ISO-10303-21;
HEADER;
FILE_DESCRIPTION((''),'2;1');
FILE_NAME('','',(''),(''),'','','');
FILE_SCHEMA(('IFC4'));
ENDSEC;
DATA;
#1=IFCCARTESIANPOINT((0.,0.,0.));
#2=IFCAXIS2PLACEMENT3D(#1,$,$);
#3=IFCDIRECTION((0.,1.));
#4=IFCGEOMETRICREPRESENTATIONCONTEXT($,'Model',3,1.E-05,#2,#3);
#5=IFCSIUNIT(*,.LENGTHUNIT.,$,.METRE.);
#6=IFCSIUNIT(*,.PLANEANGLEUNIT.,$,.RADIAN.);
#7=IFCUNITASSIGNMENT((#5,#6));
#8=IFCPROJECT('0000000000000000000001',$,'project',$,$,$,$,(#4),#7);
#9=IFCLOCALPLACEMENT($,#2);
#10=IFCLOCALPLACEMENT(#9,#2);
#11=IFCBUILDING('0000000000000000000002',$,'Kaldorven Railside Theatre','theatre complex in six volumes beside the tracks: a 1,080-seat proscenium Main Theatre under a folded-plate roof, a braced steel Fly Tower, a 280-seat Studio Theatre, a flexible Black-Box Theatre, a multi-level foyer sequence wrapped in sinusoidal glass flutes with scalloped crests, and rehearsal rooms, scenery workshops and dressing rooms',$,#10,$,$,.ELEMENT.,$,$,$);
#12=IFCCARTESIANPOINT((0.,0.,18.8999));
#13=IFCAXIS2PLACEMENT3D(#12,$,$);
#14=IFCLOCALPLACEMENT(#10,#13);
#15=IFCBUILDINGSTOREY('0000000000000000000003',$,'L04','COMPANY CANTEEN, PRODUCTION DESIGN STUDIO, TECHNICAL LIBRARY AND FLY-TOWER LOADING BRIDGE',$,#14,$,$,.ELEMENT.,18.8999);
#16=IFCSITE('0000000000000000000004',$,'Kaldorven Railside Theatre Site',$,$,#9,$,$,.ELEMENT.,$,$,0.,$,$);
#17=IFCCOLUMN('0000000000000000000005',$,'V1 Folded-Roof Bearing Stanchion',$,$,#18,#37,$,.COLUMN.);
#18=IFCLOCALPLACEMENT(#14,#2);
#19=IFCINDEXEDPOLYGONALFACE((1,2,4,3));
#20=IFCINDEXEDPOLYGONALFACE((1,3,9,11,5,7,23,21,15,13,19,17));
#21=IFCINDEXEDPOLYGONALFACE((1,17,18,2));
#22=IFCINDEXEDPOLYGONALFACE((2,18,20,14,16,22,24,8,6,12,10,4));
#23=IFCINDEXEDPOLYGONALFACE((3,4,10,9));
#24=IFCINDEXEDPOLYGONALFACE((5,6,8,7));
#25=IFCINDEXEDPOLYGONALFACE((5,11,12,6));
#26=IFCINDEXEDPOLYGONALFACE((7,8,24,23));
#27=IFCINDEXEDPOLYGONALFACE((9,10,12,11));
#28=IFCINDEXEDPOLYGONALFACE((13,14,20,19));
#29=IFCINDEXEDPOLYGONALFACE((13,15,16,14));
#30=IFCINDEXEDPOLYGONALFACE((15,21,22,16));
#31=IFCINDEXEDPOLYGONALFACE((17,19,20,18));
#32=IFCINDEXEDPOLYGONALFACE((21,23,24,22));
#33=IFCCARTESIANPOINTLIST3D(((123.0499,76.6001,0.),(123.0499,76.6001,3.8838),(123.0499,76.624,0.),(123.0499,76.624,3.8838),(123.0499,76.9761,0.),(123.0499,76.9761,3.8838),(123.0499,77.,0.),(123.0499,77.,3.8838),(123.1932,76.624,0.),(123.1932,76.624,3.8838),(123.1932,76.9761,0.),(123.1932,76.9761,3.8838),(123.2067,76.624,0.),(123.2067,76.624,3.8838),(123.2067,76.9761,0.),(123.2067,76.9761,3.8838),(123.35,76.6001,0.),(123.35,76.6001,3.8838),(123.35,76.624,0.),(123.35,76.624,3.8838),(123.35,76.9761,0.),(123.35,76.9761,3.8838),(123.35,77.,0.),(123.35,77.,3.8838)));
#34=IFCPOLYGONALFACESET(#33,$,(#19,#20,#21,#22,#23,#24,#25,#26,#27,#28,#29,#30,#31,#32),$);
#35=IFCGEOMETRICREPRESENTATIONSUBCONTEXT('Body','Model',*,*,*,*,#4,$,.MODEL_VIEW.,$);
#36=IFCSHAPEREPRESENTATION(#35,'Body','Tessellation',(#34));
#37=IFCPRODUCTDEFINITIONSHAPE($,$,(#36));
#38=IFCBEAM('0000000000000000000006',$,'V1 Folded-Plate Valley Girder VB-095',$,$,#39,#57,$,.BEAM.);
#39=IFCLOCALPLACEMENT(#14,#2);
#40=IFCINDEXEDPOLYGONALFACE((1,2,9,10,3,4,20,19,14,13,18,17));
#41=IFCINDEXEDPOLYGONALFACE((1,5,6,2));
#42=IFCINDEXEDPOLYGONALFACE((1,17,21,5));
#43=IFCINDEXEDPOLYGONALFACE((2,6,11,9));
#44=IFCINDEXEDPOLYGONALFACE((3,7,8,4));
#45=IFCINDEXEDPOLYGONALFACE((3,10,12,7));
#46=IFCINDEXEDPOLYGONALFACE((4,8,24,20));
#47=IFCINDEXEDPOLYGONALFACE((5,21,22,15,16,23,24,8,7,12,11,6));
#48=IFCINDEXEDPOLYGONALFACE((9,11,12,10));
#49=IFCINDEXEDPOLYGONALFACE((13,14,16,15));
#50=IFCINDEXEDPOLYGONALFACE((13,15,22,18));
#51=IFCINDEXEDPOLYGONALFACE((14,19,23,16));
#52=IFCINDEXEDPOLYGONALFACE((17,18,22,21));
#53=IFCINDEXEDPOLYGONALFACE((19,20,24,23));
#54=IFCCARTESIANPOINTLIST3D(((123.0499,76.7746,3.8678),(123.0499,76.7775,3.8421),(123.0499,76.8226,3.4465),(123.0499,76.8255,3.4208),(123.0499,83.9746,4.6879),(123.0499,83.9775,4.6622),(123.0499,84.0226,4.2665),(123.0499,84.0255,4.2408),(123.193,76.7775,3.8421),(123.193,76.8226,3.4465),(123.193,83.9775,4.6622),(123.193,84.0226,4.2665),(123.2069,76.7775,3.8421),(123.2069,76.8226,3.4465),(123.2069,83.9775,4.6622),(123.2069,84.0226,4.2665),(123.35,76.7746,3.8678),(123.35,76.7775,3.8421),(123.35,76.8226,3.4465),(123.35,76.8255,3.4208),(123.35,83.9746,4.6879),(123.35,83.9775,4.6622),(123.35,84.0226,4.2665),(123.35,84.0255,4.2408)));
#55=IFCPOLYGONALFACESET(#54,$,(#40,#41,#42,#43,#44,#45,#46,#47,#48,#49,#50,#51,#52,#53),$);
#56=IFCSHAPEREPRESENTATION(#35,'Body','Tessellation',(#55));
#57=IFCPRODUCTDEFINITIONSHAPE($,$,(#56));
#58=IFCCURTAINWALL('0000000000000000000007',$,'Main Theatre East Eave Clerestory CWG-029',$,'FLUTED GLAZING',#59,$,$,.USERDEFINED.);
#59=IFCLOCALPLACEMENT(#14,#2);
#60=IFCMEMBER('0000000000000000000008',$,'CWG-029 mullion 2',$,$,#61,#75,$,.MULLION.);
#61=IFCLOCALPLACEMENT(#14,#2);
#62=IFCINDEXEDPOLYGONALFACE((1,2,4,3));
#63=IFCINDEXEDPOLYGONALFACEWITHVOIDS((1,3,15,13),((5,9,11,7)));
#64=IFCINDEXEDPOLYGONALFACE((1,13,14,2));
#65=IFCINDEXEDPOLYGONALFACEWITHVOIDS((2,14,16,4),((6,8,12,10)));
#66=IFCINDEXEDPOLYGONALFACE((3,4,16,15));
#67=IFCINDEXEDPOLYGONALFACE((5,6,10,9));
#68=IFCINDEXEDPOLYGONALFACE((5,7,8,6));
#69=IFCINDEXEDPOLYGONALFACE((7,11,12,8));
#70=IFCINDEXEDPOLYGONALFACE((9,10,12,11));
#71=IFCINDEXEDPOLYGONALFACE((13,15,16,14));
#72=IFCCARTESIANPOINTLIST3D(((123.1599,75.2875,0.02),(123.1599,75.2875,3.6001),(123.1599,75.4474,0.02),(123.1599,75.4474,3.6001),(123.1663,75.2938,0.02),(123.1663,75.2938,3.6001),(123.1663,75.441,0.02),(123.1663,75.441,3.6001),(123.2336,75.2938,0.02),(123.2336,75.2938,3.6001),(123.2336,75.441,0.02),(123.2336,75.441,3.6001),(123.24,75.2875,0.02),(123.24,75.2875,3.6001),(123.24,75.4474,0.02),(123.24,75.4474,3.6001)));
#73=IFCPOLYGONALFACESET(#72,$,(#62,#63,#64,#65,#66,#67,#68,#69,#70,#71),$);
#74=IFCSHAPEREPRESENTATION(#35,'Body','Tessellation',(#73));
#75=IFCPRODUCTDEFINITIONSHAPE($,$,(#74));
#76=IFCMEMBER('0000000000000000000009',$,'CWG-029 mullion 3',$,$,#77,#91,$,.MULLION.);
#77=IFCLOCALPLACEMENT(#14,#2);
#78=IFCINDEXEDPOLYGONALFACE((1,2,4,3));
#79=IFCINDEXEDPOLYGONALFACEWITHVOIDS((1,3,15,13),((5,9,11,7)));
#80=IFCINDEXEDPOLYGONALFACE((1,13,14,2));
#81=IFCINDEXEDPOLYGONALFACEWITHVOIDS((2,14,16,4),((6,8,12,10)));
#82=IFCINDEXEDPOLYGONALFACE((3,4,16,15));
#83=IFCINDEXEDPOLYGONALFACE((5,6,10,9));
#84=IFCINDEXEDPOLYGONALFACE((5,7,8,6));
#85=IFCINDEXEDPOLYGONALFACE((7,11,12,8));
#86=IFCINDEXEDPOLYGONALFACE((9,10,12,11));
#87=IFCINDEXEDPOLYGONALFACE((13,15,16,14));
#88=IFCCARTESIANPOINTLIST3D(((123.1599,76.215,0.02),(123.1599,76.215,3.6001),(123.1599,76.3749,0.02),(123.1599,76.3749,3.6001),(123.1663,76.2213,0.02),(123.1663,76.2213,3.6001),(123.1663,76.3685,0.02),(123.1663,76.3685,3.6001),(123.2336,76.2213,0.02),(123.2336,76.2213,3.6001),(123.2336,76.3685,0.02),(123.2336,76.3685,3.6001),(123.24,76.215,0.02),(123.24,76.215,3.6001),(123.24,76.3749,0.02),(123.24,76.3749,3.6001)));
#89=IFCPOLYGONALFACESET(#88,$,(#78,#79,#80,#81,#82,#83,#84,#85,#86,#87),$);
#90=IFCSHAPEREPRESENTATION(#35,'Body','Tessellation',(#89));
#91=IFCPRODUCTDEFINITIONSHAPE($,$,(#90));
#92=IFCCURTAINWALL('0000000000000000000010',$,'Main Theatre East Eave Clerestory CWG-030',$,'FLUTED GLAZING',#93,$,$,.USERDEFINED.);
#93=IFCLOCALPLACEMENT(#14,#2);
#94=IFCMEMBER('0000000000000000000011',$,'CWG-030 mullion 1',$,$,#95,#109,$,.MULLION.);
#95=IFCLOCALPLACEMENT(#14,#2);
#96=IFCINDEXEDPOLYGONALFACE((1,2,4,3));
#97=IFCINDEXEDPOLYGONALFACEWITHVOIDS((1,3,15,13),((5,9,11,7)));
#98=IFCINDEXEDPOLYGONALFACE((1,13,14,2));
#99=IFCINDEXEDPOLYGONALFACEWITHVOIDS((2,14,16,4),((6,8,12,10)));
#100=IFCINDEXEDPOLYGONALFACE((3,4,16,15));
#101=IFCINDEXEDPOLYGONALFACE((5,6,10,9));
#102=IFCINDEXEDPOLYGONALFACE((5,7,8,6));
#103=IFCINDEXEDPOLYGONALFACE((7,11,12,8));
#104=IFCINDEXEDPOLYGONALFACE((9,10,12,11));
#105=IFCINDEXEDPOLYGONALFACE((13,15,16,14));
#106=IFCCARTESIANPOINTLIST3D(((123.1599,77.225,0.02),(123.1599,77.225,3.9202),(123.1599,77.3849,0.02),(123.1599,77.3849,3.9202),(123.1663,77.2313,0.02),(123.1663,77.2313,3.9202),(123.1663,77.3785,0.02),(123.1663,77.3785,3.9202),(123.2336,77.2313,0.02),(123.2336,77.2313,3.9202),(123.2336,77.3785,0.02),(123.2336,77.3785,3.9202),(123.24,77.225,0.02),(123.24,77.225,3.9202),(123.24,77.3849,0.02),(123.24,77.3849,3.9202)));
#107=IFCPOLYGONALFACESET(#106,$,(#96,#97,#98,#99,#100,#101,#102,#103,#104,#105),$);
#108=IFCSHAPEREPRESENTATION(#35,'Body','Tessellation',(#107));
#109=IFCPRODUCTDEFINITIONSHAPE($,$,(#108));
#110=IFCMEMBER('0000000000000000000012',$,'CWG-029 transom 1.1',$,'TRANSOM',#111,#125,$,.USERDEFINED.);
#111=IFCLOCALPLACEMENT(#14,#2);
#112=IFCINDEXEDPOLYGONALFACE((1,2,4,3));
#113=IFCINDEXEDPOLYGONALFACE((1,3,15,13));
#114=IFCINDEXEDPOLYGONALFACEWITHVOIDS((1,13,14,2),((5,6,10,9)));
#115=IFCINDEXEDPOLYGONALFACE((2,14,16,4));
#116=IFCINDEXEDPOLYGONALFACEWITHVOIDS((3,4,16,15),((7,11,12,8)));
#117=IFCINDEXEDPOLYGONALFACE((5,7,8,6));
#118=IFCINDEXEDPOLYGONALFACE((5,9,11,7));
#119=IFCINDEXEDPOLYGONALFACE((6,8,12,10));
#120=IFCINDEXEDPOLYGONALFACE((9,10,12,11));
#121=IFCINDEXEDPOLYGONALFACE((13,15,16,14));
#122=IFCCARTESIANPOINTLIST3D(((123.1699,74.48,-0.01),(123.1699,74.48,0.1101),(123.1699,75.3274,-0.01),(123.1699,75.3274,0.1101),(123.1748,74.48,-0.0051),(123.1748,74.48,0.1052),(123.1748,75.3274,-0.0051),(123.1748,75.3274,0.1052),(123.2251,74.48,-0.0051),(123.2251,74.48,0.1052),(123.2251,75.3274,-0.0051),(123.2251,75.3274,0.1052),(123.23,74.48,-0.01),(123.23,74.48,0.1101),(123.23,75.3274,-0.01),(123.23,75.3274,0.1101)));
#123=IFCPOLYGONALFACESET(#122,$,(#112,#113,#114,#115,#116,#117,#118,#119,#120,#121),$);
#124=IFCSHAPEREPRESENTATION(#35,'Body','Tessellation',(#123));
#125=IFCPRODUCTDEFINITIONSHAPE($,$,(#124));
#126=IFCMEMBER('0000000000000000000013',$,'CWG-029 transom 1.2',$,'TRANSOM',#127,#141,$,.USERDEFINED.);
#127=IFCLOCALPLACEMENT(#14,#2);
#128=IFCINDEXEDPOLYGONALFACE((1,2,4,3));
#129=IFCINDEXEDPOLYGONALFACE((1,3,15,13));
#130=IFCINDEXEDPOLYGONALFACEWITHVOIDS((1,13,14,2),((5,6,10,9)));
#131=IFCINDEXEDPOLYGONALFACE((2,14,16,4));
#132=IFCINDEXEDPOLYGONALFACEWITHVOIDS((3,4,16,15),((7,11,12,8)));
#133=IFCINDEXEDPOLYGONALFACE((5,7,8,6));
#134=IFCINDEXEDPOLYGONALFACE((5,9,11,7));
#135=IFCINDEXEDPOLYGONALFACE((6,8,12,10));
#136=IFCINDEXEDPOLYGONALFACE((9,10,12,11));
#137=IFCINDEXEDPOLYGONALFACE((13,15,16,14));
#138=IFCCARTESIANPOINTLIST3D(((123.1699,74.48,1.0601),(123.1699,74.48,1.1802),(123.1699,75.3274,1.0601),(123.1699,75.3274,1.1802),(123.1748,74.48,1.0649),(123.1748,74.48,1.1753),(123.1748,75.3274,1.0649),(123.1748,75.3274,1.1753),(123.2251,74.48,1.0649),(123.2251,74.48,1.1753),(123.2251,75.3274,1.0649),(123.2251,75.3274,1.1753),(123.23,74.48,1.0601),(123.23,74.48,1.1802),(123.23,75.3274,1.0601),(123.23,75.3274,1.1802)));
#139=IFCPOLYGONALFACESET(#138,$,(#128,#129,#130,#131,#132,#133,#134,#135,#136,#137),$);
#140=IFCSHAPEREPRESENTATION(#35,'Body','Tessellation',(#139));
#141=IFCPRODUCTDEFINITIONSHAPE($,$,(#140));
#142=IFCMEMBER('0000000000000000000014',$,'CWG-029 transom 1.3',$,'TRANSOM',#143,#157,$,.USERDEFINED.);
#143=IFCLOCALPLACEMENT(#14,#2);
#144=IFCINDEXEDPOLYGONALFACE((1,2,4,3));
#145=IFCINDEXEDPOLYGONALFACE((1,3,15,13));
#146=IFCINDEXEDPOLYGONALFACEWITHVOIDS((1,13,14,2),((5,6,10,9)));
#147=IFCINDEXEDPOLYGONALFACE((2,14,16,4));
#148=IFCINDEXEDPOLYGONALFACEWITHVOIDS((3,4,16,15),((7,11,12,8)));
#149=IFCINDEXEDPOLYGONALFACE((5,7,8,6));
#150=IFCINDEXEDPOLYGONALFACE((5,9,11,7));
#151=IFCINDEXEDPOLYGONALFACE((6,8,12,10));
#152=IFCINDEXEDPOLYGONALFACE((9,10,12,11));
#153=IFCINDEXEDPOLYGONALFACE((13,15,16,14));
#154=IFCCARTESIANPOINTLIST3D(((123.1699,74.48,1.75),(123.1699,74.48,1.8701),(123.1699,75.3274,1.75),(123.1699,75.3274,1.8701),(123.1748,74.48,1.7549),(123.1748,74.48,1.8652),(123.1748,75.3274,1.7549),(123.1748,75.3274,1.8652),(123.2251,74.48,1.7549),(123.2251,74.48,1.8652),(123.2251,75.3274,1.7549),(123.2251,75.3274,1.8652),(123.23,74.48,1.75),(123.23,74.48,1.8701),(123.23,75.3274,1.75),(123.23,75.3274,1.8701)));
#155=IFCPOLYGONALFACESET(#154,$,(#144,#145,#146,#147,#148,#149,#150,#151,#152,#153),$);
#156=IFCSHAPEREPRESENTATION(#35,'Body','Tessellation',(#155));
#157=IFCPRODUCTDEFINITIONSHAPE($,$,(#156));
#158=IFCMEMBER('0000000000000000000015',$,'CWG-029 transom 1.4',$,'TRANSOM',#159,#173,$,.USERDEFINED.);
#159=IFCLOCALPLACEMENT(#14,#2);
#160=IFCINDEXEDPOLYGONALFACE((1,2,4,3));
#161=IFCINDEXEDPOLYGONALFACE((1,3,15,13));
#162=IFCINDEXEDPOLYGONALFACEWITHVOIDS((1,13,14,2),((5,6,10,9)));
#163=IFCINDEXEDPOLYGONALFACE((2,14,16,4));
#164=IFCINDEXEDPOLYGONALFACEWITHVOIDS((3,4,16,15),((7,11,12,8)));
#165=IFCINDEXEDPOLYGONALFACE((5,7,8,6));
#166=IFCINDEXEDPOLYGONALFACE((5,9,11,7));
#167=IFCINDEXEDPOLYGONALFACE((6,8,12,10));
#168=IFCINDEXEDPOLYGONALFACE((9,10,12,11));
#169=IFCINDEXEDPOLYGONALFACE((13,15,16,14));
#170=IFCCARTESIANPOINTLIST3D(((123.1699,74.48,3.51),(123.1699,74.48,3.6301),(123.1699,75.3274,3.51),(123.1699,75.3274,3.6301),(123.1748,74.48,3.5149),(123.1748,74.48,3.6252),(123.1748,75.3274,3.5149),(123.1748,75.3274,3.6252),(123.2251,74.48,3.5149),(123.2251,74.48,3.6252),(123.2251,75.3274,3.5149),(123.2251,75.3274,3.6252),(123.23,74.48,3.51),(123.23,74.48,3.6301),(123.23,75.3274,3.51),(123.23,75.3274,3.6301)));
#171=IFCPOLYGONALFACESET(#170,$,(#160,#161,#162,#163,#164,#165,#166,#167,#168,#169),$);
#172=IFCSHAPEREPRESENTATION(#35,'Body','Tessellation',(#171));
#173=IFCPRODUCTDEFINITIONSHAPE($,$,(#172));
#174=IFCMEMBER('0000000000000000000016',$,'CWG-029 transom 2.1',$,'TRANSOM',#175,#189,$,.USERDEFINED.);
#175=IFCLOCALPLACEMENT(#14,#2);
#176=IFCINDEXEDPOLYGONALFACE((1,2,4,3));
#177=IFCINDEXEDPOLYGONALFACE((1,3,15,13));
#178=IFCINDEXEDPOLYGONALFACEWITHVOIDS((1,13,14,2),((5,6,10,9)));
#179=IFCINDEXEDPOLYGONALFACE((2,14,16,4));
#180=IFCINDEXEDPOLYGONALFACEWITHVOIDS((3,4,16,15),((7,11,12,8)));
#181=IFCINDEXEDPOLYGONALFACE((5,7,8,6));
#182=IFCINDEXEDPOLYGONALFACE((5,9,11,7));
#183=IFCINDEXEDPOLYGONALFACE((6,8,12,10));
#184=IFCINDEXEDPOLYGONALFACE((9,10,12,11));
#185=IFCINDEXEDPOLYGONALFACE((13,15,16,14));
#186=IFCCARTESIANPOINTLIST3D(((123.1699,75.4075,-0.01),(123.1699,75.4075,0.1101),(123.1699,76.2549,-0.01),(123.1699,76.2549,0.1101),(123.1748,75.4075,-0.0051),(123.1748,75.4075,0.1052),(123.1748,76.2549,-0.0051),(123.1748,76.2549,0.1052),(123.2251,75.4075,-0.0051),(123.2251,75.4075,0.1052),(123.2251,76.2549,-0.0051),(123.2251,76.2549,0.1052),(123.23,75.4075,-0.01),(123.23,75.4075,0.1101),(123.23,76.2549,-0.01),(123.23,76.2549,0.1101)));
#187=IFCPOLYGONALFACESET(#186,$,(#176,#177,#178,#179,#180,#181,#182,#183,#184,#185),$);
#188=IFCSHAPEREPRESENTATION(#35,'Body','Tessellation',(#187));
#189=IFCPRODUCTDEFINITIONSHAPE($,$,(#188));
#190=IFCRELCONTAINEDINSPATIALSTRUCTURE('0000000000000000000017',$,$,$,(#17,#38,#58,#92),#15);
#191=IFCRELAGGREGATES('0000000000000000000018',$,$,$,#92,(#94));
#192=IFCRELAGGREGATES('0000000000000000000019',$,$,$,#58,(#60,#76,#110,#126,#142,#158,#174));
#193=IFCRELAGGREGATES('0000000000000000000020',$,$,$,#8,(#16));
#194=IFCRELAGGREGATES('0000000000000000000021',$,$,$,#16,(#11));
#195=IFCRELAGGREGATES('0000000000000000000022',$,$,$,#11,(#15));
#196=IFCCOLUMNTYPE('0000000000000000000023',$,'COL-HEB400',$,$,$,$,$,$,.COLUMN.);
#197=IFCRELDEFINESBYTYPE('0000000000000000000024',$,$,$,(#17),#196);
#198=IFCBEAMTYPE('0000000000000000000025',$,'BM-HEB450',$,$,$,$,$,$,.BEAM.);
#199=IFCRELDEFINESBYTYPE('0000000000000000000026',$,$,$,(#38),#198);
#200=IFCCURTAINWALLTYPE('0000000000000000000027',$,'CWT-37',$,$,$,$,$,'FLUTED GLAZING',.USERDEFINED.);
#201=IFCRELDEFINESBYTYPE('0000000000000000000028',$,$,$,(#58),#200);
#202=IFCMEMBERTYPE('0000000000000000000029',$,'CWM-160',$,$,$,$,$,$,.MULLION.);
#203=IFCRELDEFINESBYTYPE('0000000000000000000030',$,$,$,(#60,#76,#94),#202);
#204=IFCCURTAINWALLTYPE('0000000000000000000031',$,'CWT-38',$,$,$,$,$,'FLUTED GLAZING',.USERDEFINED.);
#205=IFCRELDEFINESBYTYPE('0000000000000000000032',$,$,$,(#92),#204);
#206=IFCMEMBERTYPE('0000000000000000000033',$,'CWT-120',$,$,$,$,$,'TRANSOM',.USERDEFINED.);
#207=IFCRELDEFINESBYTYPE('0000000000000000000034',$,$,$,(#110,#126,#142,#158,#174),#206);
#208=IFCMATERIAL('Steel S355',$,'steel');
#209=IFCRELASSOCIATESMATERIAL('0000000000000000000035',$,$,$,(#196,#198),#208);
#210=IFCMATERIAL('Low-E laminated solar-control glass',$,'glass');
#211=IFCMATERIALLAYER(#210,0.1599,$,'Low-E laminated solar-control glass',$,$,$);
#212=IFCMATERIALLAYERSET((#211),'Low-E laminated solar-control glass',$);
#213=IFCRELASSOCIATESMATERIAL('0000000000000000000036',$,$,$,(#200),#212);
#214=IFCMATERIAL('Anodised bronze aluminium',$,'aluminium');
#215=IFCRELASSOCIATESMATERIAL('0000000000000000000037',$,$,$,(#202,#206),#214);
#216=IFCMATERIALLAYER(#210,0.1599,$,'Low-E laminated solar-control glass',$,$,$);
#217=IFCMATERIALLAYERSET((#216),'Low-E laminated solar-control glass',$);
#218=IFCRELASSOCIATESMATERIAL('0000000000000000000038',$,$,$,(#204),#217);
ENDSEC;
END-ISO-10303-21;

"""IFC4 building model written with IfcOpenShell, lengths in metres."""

from ifc_helpers import new_model, si_unit, direction, frame, origin, origin_2d, place, context, subcontext, project, spatial, hollow_rectangle, i_section, extrude, material, layer, layer_set, material_profile, profile_set, type_object, element, aggregate, save


model = new_model("IFC4")

# Units and contexts
model_context = context("Model", 3, precision=1e-05, world=origin(), true_north=direction((0.0, 1.0)))
body_context = subcontext(model_context, "Body", "Model", "MODEL_VIEW")
ifc_project = project(units=[si_unit("LENGTHUNIT", "METRE"), si_unit("PLANEANGLEUNIT", "RADIAN")], contexts=[model_context])

# Site, building, storey
site_placement = place(None, origin())
site = spatial("IfcSite", under=ifc_project, at=site_placement, Name="Kaldorven Railside Theatre Site", CompositionType="ELEMENT", RefElevation=0.0)
building_placement = place(site_placement, origin())
building = spatial("IfcBuilding", under=site, at=building_placement, Name="Kaldorven Railside Theatre", Description="theatre complex in six volumes beside the tracks: a 1,080-seat proscenium Main Theatre under a folded-plate roof, a braced steel Fly Tower, a 280-seat Studio Theatre, a flexible Black-Box Theatre, a multi-level foyer sequence wrapped in sinusoidal glass flutes with scalloped crests, and rehearsal rooms, scenery workshops and dressing rooms", CompositionType="ELEMENT")
storey_placement = place(building_placement, frame((0.0, 0.0, 18.8999)))
storey = spatial("IfcBuildingStorey", under=building, at=storey_placement, Name="L04", Description="COMPANY CANTEEN, PRODUCTION DESIGN STUDIO, TECHNICAL LIBRARY AND FLY-TOWER LOADING BRIDGE", CompositionType="ELEMENT", Elevation=18.8999)

# Column
ifc_material_1 = material(Name="Steel S355", Category="steel")
ifc_material_profile_1 = material_profile(ifc_material_1, i_section(OverallWidth=0.3, OverallDepth=0.3999, WebThickness=0.0134, FlangeThickness=0.0239, at=origin_2d()), Name="HEB 400")
ifc_profile_set_1 = profile_set([ifc_material_profile_1], Name="Steel S355")
column_type = type_object("IfcColumnType", Name="COL-HEB400", PredefinedType="COLUMN", material=ifc_profile_set_1)
column_placement = place(storey_placement, frame((123.2, 76.8, 0.0), z_axis=(0.0, 0.0, 1.0), x_axis=(1.0, 0.0, 0.0)))
element("IfcColumn", 1, at=column_placement, inside=storey, type_object=column_type, Name="V1 Folded-Roof Bearing Stanchion", PredefinedType="COLUMN", context=body_context, shape_type="SweptSolid", body=[
    extrude(i_section(OverallWidth=0.3, OverallDepth=0.3999, WebThickness=0.0134, FlangeThickness=0.0239, at=origin_2d()), origin(), (0.0, 0.0, 1.0), 3.8838),
])

# Beam
ifc_material_profile_2 = material_profile(ifc_material_1, i_section(OverallWidth=0.3, OverallDepth=0.45, WebThickness=0.0139, FlangeThickness=0.0259, at=origin_2d()), Name="HEB 450")
ifc_profile_set_2 = profile_set([ifc_material_profile_2], Name="Steel S355")
beam_type = type_object("IfcBeamType", Name="BM-HEB450", PredefinedType="BEAM", material=ifc_profile_set_2)
beam_placement = place(storey_placement, frame((123.2, 76.8, 3.6443), z_axis=(0.0, 0.993576, 0.113167), x_axis=(-1.0, 0.0, 0.0)))
element("IfcBeam", 2, at=beam_placement, inside=storey, type_object=beam_type, Name="V1 Folded-Plate Valley Girder VB-095", PredefinedType="BEAM", context=body_context, shape_type="SweptSolid", body=[
    extrude(i_section(OverallWidth=0.3, OverallDepth=0.45, WebThickness=0.0139, FlangeThickness=0.0259, at=origin_2d()), origin(), (0.0, 0.0, 1.0), 7.2466),
])

# Curtain wall, members
ifc_material_2 = material(Name="Low-E laminated solar-control glass", Category="glass")
ifc_layer_1 = layer(ifc_material_2, 0.1599, Name="Low-E laminated solar-control glass")
ifc_layer_set_1 = layer_set([ifc_layer_1], Name="Low-E laminated solar-control glass")
curtain_wall_type_1 = type_object("IfcCurtainWallType", Name="CWT-37", ElementType="FLUTED GLAZING", PredefinedType="USERDEFINED", material=ifc_layer_set_1)
curtain_wall_1_placement = place(storey_placement, origin())
curtain_wall_1 = element("IfcCurtainWall", 3, at=curtain_wall_1_placement, inside=storey, type_object=curtain_wall_type_1, Name="Main Theatre East Eave Clerestory CWG-029", ObjectType="FLUTED GLAZING", PredefinedType="USERDEFINED")
ifc_material_3 = material(Name="Anodised bronze aluminium", Category="aluminium")
ifc_material_profile_3 = material_profile(ifc_material_3, hollow_rectangle(XDim=0.0801, YDim=0.1599, WallThickness=0.0063, at=origin_2d()), Name="RHS 160x80x6.3")
ifc_profile_set_3 = profile_set([ifc_material_profile_3], Name="Anodised bronze aluminium")
member_type_1 = type_object("IfcMemberType", Name="CWM-160", PredefinedType="MULLION", material=ifc_profile_set_3)
member_1_placement = place(storey_placement, frame((123.2, 75.3674, 0.02), z_axis=(0.0, 0.0, 1.0), x_axis=(-1.0, 0.0, 0.0)))
member_1 = element("IfcMember", 4, at=member_1_placement, type_object=member_type_1, Name="CWG-029 mullion 2", PredefinedType="MULLION", context=body_context, shape_type="SweptSolid", body=[
    extrude(hollow_rectangle(XDim=0.0801, YDim=0.1599, WallThickness=0.0063, at=origin_2d()), origin(), (0.0, 0.0, 1.0), 3.5801),
])
member_2_placement = place(storey_placement, frame((123.2, 76.2949, 0.02), z_axis=(0.0, 0.0, 1.0), x_axis=(-1.0, 0.0, 0.0)))
member_2 = element("IfcMember", 5, at=member_2_placement, type_object=member_type_1, Name="CWG-029 mullion 3", PredefinedType="MULLION", context=body_context, shape_type="SweptSolid", body=[
    extrude(hollow_rectangle(XDim=0.0801, YDim=0.1599, WallThickness=0.0063, at=origin_2d()), origin(), (0.0, 0.0, 1.0), 3.5801),
])

# Curtain wall, member
ifc_layer_2 = layer(ifc_material_2, 0.1599, Name="Low-E laminated solar-control glass")
ifc_layer_set_2 = layer_set([ifc_layer_2], Name="Low-E laminated solar-control glass")
curtain_wall_type_2 = type_object("IfcCurtainWallType", Name="CWT-38", ElementType="FLUTED GLAZING", PredefinedType="USERDEFINED", material=ifc_layer_set_2)
curtain_wall_2_placement = place(storey_placement, origin())
curtain_wall_2 = element("IfcCurtainWall", 6, at=curtain_wall_2_placement, inside=storey, type_object=curtain_wall_type_2, Name="Main Theatre East Eave Clerestory CWG-030", ObjectType="FLUTED GLAZING", PredefinedType="USERDEFINED")
member_3_placement = place(storey_placement, frame((123.2, 77.3049, 0.02), z_axis=(0.0, 0.0, 1.0), x_axis=(-1.0, 0.0, 0.0)))
member_3 = element("IfcMember", 7, at=member_3_placement, type_object=member_type_1, Name="CWG-030 mullion 1", PredefinedType="MULLION", context=body_context, shape_type="SweptSolid", body=[
    extrude(hollow_rectangle(XDim=0.0801, YDim=0.1599, WallThickness=0.0063, at=origin_2d()), origin(), (0.0, 0.0, 1.0), 3.9001),
])

# Members
ifc_material_profile_4 = material_profile(ifc_material_3, hollow_rectangle(XDim=0.0601, YDim=0.1201, WallThickness=0.0049, at=origin_2d()), Name="RHS 120x60x5")
ifc_profile_set_4 = profile_set([ifc_material_profile_4], Name="Anodised bronze aluminium")
member_type_2 = type_object("IfcMemberType", Name="CWT-120", ElementType="TRANSOM", PredefinedType="USERDEFINED", material=ifc_profile_set_4)
member_4_placement = place(storey_placement, frame((123.2, 74.48, 0.05), z_axis=(0.0, 1.0, 0.0), x_axis=(-1.0, 0.0, 0.0)))
member_4 = element("IfcMember", 8, at=member_4_placement, type_object=member_type_2, Name="CWG-029 transom 1.1", ObjectType="TRANSOM", PredefinedType="USERDEFINED", context=body_context, shape_type="SweptSolid", body=[
    extrude(hollow_rectangle(XDim=0.0601, YDim=0.1201, WallThickness=0.0049, at=origin_2d()), origin(), (0.0, 0.0, 1.0), 0.8474),
])
member_5_placement = place(storey_placement, frame((123.2, 74.48, 1.1201), z_axis=(0.0, 1.0, 0.0), x_axis=(-1.0, 0.0, 0.0)))
member_5 = element("IfcMember", 9, at=member_5_placement, type_object=member_type_2, Name="CWG-029 transom 1.2", ObjectType="TRANSOM", PredefinedType="USERDEFINED", context=body_context, shape_type="SweptSolid", body=[
    extrude(hollow_rectangle(XDim=0.0601, YDim=0.1201, WallThickness=0.0049, at=origin_2d()), origin(), (0.0, 0.0, 1.0), 0.8474),
])
member_6_placement = place(storey_placement, frame((123.2, 74.48, 1.8101), z_axis=(0.0, 1.0, 0.0), x_axis=(-1.0, 0.0, 0.0)))
member_6 = element("IfcMember", 10, at=member_6_placement, type_object=member_type_2, Name="CWG-029 transom 1.3", ObjectType="TRANSOM", PredefinedType="USERDEFINED", context=body_context, shape_type="SweptSolid", body=[
    extrude(hollow_rectangle(XDim=0.0601, YDim=0.1201, WallThickness=0.0049, at=origin_2d()), origin(), (0.0, 0.0, 1.0), 0.8474),
])
member_7_placement = place(storey_placement, frame((123.2, 74.48, 3.5701), z_axis=(0.0, 1.0, 0.0), x_axis=(-1.0, 0.0, 0.0)))
member_7 = element("IfcMember", 11, at=member_7_placement, type_object=member_type_2, Name="CWG-029 transom 1.4", ObjectType="TRANSOM", PredefinedType="USERDEFINED", context=body_context, shape_type="SweptSolid", body=[
    extrude(hollow_rectangle(XDim=0.0601, YDim=0.1201, WallThickness=0.0049, at=origin_2d()), origin(), (0.0, 0.0, 1.0), 0.8474),
])
member_8_placement = place(storey_placement, frame((123.2, 75.4075, 0.05), z_axis=(0.0, 1.0, 0.0), x_axis=(-1.0, 0.0, 0.0)))
member_8 = element("IfcMember", 12, at=member_8_placement, type_object=member_type_2, Name="CWG-029 transom 2.1", ObjectType="TRANSOM", PredefinedType="USERDEFINED", context=body_context, shape_type="SweptSolid", body=[
    extrude(hollow_rectangle(XDim=0.0601, YDim=0.1201, WallThickness=0.0049, at=origin_2d()), origin(), (0.0, 0.0, 1.0), 0.8474),
])
aggregate(curtain_wall_2, [member_3])

aggregate(curtain_wall_1, [member_1, member_2, member_4, member_5, member_6, member_7, member_8])

save(model, "model.ifc")
